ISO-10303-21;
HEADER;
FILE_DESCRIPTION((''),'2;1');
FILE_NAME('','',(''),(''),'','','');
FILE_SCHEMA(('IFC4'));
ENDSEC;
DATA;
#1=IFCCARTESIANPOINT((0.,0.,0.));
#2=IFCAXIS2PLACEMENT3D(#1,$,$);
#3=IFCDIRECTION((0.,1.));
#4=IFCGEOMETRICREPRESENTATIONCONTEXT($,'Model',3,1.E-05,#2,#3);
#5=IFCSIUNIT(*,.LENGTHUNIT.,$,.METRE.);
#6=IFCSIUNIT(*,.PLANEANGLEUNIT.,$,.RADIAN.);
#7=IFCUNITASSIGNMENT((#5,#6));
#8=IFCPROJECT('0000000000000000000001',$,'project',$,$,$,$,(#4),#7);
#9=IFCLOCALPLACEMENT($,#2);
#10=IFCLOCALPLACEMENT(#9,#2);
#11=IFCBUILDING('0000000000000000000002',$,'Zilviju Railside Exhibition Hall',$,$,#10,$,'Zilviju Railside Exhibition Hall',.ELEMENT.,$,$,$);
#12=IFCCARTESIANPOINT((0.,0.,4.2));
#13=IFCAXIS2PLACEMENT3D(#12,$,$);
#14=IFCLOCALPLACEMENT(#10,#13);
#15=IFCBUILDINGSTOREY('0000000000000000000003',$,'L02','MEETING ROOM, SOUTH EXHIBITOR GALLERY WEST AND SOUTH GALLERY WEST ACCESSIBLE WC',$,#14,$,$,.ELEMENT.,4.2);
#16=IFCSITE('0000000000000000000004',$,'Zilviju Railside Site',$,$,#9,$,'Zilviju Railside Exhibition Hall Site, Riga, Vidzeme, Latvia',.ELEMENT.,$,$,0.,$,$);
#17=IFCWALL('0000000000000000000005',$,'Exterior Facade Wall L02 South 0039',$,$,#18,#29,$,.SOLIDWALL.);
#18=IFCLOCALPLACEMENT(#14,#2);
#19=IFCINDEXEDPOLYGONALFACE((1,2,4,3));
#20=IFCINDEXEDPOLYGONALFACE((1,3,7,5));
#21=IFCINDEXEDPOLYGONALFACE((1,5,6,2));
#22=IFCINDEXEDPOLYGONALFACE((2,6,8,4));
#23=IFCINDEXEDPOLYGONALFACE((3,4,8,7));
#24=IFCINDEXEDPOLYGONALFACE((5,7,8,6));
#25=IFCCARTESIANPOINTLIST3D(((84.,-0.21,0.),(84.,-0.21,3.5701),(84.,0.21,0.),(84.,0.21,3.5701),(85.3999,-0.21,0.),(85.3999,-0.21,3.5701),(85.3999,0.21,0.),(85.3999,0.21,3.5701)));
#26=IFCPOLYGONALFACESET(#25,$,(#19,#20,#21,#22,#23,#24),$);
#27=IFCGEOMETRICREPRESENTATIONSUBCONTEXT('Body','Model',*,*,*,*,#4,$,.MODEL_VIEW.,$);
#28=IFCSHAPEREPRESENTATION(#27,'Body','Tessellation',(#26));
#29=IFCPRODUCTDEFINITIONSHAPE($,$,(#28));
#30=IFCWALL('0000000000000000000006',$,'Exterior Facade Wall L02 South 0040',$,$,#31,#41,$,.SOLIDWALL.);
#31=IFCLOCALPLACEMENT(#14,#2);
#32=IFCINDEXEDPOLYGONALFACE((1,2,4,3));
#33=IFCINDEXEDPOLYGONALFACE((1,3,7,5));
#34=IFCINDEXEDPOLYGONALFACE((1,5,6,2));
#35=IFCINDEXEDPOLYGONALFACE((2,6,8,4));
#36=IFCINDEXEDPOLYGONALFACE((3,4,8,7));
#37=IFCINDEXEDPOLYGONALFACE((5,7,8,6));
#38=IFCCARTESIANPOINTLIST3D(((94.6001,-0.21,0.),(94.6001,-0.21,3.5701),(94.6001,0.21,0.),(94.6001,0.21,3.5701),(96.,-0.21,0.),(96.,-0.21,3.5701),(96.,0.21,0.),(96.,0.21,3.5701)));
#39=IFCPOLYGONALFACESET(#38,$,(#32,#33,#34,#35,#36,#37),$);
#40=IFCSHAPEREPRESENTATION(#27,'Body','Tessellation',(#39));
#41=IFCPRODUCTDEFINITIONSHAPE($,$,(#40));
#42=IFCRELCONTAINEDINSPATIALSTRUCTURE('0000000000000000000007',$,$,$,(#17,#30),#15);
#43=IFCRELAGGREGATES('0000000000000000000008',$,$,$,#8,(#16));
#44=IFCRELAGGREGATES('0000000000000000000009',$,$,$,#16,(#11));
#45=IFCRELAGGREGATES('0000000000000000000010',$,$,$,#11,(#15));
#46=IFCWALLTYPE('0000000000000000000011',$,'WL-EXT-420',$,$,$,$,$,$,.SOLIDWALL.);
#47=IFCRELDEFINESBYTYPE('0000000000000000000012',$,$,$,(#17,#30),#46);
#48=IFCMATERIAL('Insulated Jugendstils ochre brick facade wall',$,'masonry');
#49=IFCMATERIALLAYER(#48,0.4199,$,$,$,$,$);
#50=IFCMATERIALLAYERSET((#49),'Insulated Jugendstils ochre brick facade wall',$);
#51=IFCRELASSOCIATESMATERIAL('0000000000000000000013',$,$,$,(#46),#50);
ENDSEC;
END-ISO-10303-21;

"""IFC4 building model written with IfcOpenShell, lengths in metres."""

from ifc_helpers import new_model, si_unit, direction, frame, frame_2d, origin, place, context, subcontext, project, spatial, rectangle, extrude, material, layer, layer_set, type_object, element, save


model = new_model("IFC4")

# Units and contexts
model_context = context("Model", 3, precision=1e-05, world=origin(), true_north=direction((0.0, 1.0)))
body_context = subcontext(model_context, "Body", "Model", "MODEL_VIEW")
ifc_project = project(units=[si_unit("LENGTHUNIT", "METRE"), si_unit("PLANEANGLEUNIT", "RADIAN")], contexts=[model_context])

# Site, building, storey
site_placement = place(None, origin())
site = spatial("IfcSite", under=ifc_project, at=site_placement, Name="Zilviju Railside Site", LongName="Zilviju Railside Exhibition Hall Site, Riga, Vidzeme, Latvia", CompositionType="ELEMENT", RefElevation=0.0)
building_placement = place(site_placement, origin())
building = spatial("IfcBuilding", under=site, at=building_placement, Name="Zilviju Railside Exhibition Hall", LongName="Zilviju Railside Exhibition Hall", CompositionType="ELEMENT")
storey_placement = place(building_placement, frame((0.0, 0.0, 4.2)))
storey = spatial("IfcBuildingStorey", under=building, at=storey_placement, Name="L02", Description="MEETING ROOM, SOUTH EXHIBITOR GALLERY WEST AND SOUTH GALLERY WEST ACCESSIBLE WC", CompositionType="ELEMENT", Elevation=4.2)

# Walls
ifc_material_1 = material(Name="Insulated Jugendstils ochre brick facade wall", Category="masonry")
ifc_layer_1 = layer(ifc_material_1, 0.4199)
ifc_layer_set_1 = layer_set([ifc_layer_1], Name="Insulated Jugendstils ochre brick facade wall")
wall_type_1 = type_object("IfcWallType", Name="WL-EXT-420", PredefinedType="SOLIDWALL", material=ifc_layer_set_1)
for number, where, z_axis, x_axis, name in (
    (1, (85.3999, 0.0, 0.0), (0.0, 0.0, 1.0), (-1.0, 0.0, 0.0), "Exterior Facade Wall L02 South 0039"),
    (2, (96.0, 0.0, 0.0), (0.0, 0.0, 1.0), (-1.0, 0.0, 0.0), "Exterior Facade Wall L02 South 0040"),
):
    element("IfcWall", number, at=place(storey_placement, frame(where, z_axis=z_axis, x_axis=x_axis)), inside=storey, type_object=wall_type_1, Name=name, PredefinedType="SOLIDWALL", context=body_context, shape_type="SweptSolid", body=[
        extrude(rectangle(XDim=1.3999, YDim=0.4199, at=frame_2d((0.7, 0.0))), origin(), (0.0, 0.0, 1.0), 3.5701),
    ])

save(model, "model.ifc")
